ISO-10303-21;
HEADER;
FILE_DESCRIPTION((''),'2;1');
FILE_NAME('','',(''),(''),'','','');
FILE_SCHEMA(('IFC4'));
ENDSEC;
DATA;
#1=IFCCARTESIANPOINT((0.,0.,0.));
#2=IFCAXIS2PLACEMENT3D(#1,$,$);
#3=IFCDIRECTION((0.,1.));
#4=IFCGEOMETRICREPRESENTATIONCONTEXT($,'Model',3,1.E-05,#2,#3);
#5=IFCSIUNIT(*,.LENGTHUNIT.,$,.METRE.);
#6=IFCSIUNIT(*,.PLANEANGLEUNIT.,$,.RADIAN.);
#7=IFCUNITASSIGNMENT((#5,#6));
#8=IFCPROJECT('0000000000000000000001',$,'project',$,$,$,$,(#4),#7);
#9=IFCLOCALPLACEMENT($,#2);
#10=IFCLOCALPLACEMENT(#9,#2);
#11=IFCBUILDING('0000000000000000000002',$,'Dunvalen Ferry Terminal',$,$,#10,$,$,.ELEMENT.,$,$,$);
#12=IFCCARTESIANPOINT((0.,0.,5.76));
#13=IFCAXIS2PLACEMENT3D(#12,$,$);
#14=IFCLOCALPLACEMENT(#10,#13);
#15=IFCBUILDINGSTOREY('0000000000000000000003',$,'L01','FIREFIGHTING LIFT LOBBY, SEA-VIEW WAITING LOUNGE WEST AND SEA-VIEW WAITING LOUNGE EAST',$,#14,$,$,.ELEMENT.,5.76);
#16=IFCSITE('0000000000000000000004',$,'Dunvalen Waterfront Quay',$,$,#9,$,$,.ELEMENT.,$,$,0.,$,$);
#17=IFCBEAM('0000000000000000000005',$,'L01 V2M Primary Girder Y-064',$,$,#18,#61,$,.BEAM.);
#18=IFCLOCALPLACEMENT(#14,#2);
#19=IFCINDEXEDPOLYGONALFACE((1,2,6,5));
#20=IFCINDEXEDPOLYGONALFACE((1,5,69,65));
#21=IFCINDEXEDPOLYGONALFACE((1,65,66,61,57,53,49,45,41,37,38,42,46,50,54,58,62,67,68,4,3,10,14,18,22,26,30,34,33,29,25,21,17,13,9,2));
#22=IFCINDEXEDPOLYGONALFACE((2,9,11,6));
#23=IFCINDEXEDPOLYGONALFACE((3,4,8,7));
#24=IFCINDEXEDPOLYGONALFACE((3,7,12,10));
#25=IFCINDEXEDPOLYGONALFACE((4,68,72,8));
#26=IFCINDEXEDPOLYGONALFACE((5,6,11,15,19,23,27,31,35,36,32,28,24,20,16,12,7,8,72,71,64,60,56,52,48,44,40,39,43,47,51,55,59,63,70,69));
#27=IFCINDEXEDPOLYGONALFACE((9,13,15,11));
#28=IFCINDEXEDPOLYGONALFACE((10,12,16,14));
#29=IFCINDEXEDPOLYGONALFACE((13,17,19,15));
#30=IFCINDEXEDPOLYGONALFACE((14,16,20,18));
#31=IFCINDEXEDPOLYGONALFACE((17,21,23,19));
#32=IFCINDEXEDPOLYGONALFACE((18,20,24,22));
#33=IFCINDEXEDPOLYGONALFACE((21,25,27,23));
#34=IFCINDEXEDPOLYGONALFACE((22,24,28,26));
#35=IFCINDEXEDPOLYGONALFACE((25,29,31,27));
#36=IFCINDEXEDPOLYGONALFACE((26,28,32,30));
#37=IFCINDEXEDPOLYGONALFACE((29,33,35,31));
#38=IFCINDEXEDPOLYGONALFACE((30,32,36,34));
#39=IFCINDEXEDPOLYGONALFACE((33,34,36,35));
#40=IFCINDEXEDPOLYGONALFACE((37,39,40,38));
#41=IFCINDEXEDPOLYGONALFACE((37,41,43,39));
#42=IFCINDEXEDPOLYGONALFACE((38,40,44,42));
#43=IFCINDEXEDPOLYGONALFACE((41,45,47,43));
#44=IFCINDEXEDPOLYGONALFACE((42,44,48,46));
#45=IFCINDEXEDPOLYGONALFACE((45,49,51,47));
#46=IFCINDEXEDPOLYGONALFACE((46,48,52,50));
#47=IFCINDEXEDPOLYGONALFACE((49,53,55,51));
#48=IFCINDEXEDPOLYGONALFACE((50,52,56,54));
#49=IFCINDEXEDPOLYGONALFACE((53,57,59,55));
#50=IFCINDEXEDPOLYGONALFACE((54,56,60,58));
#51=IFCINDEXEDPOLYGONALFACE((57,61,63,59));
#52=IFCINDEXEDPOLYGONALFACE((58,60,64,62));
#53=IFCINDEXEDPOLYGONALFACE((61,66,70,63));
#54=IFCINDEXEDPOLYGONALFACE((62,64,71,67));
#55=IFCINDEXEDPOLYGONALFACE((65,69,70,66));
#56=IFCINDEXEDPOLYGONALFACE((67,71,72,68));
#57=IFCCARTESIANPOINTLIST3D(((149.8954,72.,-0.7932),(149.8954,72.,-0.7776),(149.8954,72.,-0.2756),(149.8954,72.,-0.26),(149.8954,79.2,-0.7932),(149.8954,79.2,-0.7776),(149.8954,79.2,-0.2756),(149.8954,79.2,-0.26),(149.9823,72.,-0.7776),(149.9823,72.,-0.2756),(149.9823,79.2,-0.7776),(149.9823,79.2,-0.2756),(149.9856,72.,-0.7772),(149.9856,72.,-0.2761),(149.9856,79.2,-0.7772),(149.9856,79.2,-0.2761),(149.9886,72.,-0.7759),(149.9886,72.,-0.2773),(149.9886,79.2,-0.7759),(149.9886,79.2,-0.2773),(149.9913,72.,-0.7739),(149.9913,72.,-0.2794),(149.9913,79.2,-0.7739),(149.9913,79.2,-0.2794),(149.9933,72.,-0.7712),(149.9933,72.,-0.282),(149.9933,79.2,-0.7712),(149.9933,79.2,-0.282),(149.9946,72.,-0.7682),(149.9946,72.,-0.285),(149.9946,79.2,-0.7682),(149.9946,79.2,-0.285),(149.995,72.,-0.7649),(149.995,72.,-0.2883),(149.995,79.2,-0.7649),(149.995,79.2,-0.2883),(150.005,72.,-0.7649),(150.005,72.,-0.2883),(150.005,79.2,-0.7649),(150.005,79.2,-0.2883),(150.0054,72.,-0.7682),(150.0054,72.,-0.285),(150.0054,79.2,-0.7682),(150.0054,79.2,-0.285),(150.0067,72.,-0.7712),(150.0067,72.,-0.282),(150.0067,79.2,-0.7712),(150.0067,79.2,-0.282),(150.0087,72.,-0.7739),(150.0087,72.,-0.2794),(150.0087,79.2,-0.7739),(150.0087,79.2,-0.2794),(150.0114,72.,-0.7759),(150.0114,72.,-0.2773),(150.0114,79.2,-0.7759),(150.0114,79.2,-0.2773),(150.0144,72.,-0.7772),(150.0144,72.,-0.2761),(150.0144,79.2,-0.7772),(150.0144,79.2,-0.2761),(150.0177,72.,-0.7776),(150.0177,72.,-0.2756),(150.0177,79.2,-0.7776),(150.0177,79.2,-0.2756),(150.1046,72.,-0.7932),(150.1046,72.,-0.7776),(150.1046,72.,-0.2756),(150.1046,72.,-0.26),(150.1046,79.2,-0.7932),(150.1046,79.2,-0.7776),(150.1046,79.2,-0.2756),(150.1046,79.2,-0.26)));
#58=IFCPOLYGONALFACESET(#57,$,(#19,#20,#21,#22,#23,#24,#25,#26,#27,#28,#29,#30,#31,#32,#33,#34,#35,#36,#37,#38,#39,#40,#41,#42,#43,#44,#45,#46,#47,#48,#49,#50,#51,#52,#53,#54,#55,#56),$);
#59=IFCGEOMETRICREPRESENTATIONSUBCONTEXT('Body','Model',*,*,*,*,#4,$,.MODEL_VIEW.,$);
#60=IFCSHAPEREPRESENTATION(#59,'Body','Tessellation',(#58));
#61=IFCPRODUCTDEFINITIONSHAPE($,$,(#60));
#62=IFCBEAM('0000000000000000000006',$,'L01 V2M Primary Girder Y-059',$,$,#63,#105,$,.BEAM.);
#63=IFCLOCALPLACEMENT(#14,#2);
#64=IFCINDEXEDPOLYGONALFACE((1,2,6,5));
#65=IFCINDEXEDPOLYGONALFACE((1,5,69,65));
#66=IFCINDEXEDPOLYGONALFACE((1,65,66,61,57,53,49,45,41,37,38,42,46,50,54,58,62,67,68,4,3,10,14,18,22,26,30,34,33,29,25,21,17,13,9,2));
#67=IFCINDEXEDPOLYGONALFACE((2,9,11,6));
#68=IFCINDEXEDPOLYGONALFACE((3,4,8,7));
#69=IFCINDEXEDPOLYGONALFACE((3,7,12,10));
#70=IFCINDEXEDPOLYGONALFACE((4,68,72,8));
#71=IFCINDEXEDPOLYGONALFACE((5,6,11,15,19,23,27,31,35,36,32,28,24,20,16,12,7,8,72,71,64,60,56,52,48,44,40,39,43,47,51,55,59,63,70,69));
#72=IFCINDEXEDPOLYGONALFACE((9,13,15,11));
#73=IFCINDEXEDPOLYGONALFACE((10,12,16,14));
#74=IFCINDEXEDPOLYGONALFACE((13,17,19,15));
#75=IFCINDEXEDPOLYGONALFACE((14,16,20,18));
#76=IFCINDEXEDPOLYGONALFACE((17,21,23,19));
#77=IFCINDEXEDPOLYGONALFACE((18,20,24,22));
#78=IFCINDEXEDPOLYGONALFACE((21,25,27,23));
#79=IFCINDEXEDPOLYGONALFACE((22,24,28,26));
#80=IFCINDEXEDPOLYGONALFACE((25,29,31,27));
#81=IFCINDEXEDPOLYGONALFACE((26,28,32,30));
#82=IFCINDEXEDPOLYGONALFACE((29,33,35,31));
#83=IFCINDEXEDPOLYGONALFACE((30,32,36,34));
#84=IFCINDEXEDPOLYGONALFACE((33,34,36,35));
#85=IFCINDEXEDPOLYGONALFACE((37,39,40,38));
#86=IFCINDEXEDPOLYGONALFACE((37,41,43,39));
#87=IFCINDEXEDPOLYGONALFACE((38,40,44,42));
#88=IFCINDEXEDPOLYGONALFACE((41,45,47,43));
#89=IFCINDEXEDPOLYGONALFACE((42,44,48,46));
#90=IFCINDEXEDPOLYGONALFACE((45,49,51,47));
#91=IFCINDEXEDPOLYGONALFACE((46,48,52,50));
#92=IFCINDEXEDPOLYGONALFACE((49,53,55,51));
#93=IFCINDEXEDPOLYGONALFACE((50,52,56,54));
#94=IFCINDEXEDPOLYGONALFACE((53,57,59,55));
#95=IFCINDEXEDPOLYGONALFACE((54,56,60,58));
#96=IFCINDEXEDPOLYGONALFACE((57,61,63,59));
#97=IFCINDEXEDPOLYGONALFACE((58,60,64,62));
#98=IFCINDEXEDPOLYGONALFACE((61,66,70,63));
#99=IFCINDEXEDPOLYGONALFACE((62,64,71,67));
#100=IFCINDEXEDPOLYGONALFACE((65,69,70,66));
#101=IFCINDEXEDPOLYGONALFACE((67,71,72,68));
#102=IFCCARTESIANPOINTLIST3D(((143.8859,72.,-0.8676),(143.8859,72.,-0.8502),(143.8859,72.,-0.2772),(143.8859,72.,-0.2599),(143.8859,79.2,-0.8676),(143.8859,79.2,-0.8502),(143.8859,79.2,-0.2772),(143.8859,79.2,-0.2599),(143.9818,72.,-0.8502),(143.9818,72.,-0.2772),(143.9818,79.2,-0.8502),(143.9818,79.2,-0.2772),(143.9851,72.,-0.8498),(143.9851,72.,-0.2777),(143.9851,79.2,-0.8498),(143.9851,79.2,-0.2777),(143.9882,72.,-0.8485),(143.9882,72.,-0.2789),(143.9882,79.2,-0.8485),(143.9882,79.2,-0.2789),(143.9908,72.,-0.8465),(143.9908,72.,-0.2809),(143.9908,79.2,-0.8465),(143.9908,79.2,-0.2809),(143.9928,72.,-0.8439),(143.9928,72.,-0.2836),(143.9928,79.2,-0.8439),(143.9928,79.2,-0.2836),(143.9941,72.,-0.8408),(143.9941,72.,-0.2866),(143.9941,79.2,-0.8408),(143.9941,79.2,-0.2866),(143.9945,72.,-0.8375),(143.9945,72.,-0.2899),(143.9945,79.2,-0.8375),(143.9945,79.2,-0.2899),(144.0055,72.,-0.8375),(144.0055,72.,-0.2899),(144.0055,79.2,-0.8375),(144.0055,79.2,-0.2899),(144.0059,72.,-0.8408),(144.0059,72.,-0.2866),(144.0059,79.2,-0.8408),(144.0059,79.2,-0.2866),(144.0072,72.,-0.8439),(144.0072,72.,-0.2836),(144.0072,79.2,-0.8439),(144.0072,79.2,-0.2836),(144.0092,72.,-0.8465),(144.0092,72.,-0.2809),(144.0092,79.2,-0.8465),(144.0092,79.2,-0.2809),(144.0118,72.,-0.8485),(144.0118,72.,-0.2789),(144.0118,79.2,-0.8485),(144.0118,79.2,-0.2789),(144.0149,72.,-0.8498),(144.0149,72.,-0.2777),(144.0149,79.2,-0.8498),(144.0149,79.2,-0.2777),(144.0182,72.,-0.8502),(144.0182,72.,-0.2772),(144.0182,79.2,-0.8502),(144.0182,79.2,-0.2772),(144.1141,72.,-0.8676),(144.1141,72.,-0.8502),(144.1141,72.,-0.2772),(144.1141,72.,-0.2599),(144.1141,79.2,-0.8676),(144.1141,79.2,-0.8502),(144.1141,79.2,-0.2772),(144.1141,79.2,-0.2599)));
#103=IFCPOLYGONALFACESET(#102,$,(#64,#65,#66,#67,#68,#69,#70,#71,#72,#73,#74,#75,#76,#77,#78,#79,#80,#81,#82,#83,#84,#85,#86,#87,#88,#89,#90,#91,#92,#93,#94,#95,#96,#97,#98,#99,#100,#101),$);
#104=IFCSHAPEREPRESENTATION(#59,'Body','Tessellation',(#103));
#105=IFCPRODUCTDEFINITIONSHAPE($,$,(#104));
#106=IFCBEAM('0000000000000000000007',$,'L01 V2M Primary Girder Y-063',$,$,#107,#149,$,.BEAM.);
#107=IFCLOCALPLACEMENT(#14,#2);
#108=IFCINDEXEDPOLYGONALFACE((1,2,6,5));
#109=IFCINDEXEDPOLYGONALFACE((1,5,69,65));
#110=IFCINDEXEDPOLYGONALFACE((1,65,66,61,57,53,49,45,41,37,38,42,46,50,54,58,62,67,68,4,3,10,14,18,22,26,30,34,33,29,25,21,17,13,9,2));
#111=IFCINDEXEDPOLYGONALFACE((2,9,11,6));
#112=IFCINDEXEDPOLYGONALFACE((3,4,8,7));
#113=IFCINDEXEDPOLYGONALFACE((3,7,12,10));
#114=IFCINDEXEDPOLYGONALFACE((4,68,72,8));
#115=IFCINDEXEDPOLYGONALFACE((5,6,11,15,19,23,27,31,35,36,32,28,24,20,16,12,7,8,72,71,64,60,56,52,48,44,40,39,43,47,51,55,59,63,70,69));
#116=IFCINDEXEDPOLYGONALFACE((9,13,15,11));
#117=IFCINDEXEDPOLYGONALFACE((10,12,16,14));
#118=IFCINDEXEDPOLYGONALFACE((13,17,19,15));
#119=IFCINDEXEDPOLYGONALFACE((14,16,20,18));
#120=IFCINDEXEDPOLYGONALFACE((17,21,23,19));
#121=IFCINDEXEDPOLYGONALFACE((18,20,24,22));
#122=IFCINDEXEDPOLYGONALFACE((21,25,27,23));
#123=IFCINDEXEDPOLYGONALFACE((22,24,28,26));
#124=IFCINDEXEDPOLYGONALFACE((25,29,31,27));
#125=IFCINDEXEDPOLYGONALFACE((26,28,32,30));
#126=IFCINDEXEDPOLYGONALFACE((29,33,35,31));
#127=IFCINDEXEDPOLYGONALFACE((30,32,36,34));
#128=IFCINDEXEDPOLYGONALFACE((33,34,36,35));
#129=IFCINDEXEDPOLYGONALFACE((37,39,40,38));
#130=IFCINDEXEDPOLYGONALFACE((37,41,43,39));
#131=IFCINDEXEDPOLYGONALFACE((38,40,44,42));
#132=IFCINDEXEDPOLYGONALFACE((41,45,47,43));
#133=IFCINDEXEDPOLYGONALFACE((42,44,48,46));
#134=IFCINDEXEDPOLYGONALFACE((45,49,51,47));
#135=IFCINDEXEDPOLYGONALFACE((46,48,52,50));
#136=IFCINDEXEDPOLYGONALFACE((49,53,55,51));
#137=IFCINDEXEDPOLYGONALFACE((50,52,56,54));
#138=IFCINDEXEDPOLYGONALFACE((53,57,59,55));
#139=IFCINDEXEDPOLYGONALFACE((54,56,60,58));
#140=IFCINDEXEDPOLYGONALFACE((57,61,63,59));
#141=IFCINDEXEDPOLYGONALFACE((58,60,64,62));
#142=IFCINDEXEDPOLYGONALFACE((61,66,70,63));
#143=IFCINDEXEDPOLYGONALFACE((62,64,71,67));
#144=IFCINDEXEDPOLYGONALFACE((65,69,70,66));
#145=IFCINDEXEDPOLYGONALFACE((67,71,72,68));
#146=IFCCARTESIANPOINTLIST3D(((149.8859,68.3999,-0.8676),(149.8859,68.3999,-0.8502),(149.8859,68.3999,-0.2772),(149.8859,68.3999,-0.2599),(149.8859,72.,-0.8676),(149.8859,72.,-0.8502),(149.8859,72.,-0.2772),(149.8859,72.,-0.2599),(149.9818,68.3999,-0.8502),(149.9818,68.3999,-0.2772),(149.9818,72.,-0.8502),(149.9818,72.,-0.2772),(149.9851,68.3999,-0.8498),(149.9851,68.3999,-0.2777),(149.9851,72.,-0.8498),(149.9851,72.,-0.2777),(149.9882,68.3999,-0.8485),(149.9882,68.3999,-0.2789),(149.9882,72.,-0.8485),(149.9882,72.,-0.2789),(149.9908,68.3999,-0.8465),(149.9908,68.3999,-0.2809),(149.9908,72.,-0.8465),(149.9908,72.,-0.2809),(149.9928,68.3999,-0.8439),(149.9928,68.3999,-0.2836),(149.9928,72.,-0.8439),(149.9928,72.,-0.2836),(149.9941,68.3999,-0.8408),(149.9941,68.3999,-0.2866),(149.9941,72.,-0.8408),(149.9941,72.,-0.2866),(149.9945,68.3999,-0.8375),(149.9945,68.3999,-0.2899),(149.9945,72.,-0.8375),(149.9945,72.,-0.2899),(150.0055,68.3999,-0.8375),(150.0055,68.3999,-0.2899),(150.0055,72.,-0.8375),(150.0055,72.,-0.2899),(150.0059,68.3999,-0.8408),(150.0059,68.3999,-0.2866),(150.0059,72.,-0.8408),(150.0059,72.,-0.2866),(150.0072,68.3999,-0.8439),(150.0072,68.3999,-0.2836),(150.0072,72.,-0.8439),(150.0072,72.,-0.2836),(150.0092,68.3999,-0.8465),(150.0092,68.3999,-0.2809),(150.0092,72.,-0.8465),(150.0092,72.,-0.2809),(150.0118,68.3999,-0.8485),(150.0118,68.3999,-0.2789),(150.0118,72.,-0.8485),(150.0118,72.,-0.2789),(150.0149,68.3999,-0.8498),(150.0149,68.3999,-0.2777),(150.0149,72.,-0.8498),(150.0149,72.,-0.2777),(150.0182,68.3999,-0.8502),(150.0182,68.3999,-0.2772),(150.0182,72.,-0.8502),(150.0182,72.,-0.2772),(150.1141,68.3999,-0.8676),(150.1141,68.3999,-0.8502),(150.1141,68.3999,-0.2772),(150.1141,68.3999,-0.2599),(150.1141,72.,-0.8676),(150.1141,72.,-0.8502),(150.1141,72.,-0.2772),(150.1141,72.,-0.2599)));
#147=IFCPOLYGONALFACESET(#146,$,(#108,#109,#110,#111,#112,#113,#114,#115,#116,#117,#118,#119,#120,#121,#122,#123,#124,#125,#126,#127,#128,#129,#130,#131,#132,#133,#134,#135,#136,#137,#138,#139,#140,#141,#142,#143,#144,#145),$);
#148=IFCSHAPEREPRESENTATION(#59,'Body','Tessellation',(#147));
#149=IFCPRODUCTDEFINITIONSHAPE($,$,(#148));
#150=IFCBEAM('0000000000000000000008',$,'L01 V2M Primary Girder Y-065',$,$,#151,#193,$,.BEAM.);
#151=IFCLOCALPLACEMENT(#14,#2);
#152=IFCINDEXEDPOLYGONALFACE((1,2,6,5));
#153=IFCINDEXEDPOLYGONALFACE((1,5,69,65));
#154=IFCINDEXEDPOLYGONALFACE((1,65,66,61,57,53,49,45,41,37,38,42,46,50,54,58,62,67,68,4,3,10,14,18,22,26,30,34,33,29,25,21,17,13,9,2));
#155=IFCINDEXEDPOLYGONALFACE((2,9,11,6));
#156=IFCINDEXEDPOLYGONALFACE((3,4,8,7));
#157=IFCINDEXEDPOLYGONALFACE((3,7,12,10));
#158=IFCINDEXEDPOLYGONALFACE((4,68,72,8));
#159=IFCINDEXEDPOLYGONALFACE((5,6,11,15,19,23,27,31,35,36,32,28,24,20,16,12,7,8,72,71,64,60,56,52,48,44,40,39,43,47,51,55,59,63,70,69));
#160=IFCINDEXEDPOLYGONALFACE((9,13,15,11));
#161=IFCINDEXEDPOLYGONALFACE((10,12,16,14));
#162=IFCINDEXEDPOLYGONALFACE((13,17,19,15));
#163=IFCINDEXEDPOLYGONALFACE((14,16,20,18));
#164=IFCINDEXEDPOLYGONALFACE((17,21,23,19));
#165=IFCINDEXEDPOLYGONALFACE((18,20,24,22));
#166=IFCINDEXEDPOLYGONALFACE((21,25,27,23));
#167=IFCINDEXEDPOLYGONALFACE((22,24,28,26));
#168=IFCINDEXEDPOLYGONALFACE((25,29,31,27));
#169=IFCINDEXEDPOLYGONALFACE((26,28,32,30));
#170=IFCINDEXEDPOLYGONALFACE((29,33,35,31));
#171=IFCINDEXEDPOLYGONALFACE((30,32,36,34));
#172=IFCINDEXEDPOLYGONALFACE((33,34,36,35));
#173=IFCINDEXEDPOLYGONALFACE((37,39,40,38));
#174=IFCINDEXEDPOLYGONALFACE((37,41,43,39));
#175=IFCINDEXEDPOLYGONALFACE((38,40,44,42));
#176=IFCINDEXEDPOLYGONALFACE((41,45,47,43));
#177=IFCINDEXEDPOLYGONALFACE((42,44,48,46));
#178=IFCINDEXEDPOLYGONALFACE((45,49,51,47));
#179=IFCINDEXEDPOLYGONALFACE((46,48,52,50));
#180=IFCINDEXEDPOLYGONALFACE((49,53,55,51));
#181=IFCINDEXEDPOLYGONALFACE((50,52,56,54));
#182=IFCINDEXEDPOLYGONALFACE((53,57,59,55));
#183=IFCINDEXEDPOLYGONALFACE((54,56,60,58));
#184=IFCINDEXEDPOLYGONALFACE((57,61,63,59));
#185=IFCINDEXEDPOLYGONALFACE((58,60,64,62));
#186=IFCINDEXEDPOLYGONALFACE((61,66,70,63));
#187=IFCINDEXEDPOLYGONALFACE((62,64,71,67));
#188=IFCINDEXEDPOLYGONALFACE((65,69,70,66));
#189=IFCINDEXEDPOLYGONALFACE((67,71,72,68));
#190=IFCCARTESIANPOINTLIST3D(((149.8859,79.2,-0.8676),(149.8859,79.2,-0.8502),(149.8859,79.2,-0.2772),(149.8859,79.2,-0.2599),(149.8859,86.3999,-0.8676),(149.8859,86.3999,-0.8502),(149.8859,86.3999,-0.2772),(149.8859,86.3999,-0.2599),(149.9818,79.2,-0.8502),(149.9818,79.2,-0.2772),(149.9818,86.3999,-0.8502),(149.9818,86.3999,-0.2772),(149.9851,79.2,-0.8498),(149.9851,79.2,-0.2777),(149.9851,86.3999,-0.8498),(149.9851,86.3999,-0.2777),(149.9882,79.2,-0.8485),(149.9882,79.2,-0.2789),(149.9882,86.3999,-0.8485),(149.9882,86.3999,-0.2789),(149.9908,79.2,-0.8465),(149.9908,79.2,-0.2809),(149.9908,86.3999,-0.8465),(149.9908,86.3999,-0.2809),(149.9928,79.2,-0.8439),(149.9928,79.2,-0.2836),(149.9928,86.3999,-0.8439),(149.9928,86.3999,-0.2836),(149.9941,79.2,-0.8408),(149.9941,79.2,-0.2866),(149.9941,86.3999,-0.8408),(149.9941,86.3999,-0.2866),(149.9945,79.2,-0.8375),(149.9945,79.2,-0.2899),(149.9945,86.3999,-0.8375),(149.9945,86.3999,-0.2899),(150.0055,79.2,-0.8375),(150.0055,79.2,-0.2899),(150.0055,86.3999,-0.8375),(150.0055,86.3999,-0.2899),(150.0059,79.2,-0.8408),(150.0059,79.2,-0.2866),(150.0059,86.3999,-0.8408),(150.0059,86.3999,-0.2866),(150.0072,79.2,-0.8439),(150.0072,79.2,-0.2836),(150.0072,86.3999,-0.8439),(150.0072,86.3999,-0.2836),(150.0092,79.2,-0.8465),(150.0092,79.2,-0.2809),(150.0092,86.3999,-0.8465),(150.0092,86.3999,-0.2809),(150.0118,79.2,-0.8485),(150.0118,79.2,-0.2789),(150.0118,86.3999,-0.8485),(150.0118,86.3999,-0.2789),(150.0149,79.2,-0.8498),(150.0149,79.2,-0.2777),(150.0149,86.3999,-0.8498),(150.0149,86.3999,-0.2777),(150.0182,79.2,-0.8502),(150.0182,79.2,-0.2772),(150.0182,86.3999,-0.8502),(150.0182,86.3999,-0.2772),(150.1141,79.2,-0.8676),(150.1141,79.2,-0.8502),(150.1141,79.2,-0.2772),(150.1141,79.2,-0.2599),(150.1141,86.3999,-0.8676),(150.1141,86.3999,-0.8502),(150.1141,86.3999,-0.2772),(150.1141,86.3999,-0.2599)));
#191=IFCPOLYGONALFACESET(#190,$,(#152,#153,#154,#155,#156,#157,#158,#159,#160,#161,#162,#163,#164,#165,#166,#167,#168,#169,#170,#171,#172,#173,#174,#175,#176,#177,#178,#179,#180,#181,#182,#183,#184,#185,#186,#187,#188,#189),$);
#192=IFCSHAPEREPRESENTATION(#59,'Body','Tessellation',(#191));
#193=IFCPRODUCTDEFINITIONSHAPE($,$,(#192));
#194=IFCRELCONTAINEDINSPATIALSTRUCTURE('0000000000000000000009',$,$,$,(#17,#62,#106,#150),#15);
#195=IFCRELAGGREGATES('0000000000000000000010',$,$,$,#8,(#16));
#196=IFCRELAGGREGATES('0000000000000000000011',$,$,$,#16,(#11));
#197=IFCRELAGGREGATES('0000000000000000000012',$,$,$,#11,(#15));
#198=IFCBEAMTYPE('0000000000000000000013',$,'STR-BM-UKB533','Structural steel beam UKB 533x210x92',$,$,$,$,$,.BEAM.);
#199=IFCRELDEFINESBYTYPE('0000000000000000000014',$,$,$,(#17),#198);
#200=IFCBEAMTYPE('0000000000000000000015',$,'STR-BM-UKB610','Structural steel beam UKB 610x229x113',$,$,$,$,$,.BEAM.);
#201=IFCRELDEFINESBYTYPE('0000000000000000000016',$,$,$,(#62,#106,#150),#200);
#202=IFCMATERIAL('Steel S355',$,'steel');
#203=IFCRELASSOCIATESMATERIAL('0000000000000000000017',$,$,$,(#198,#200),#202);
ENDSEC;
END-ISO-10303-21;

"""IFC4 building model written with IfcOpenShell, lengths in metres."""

from ifc_helpers import new_model, si_unit, direction, frame, origin, origin_2d, place, context, subcontext, project, spatial, i_section, extrude, material, material_profile, profile_set, type_object, element, save


model = new_model("IFC4")

# Units and contexts
model_context = context("Model", 3, precision=1e-05, world=origin(), true_north=direction((0.0, 1.0)))
body_context = subcontext(model_context, "Body", "Model", "MODEL_VIEW")
ifc_project = project(units=[si_unit("LENGTHUNIT", "METRE"), si_unit("PLANEANGLEUNIT", "RADIAN")], contexts=[model_context])

# Site, building, storey
site_placement = place(None, origin())
site = spatial("IfcSite", under=ifc_project, at=site_placement, Name="Dunvalen Waterfront Quay", CompositionType="ELEMENT", RefElevation=0.0)
building_placement = place(site_placement, origin())
building = spatial("IfcBuilding", under=site, at=building_placement, Name="Dunvalen Ferry Terminal", CompositionType="ELEMENT")
storey_placement = place(building_placement, frame((0.0, 0.0, 5.76)))
storey = spatial("IfcBuildingStorey", under=building, at=storey_placement, Name="L01", Description="FIREFIGHTING LIFT LOBBY, SEA-VIEW WAITING LOUNGE WEST AND SEA-VIEW WAITING LOUNGE EAST", CompositionType="ELEMENT", Elevation=5.76)

# Beams
ifc_material_1 = material(Name="Steel S355", Category="steel")
ifc_material_profile_1 = material_profile(ifc_material_1, i_section(OverallWidth=0.2092, OverallDepth=0.5332, WebThickness=0.01, FlangeThickness=0.0156, FilletRadius=0.0127, at=origin_2d()), Name="Steel S355")
ifc_profile_set_1 = profile_set([ifc_material_profile_1], Name="Steel S355")
beam_type_1 = type_object("IfcBeamType", Name="STR-BM-UKB533", Description="Structural steel beam UKB 533x210x92", PredefinedType="BEAM", material=ifc_profile_set_1)
for number, where, z_axis, x_axis, name in (
    (1, (150.0, 72.0, -0.5266), (0.0, 1.0, 0.0), (-1.0, 0.0, 0.0), "L01 V2M Primary Girder Y-064"),
):
    element("IfcBeam", number, at=place(storey_placement, frame(where, z_axis=z_axis, x_axis=x_axis)), inside=storey, type_object=beam_type_1, Name=name, PredefinedType="BEAM", context=body_context, shape_type="SweptSolid", body=[
        extrude(i_section(OverallWidth=0.2092, OverallDepth=0.5332, WebThickness=0.01, FlangeThickness=0.0156, FilletRadius=0.0127, at=origin_2d()), origin(), (0.0, 0.0, 1.0), 7.2),
    ])
ifc_material_profile_2 = material_profile(ifc_material_1, i_section(OverallWidth=0.2283, OverallDepth=0.6077, WebThickness=0.011, FlangeThickness=0.0173, FilletRadius=0.0127, at=origin_2d()), Name="Steel S355")
ifc_profile_set_2 = profile_set([ifc_material_profile_2], Name="Steel S355")
beam_type_2 = type_object("IfcBeamType", Name="STR-BM-UKB610", Description="Structural steel beam UKB 610x229x113", PredefinedType="BEAM", material=ifc_profile_set_2)
beam_1_placement = place(storey_placement, frame((144.0, 72.0, -0.5637), z_axis=(0.0, 1.0, 0.0), x_axis=(-1.0, 0.0, 0.0)))
element("IfcBeam", 2, at=beam_1_placement, inside=storey, type_object=beam_type_2, Name="L01 V2M Primary Girder Y-059", PredefinedType="BEAM", context=body_context, shape_type="SweptSolid", body=[
    extrude(i_section(OverallWidth=0.2283, OverallDepth=0.6077, WebThickness=0.011, FlangeThickness=0.0173, FilletRadius=0.0127, at=origin_2d()), origin(), (0.0, 0.0, 1.0), 7.2),
])
beam_2_placement = place(storey_placement, frame((150.0, 68.3999, -0.5637), z_axis=(0.0, 1.0, 0.0), x_axis=(-1.0, 0.0, 0.0)))
element("IfcBeam", 3, at=beam_2_placement, inside=storey, type_object=beam_type_2, Name="L01 V2M Primary Girder Y-063", PredefinedType="BEAM", context=body_context, shape_type="SweptSolid", body=[
    extrude(i_section(OverallWidth=0.2283, OverallDepth=0.6077, WebThickness=0.011, FlangeThickness=0.0173, FilletRadius=0.0127, at=origin_2d()), origin(), (0.0, 0.0, 1.0), 3.6001),
])
beam_3_placement = place(storey_placement, frame((150.0, 79.2, -0.5637), z_axis=(0.0, 1.0, 0.0), x_axis=(-1.0, 0.0, 0.0)))
element("IfcBeam", 4, at=beam_3_placement, inside=storey, type_object=beam_type_2, Name="L01 V2M Primary Girder Y-065", PredefinedType="BEAM", context=body_context, shape_type="SweptSolid", body=[
    extrude(i_section(OverallWidth=0.2283, OverallDepth=0.6077, WebThickness=0.011, FlangeThickness=0.0173, FilletRadius=0.0127, at=origin_2d()), origin(), (0.0, 0.0, 1.0), 7.2),
])

save(model, "model.ifc")
